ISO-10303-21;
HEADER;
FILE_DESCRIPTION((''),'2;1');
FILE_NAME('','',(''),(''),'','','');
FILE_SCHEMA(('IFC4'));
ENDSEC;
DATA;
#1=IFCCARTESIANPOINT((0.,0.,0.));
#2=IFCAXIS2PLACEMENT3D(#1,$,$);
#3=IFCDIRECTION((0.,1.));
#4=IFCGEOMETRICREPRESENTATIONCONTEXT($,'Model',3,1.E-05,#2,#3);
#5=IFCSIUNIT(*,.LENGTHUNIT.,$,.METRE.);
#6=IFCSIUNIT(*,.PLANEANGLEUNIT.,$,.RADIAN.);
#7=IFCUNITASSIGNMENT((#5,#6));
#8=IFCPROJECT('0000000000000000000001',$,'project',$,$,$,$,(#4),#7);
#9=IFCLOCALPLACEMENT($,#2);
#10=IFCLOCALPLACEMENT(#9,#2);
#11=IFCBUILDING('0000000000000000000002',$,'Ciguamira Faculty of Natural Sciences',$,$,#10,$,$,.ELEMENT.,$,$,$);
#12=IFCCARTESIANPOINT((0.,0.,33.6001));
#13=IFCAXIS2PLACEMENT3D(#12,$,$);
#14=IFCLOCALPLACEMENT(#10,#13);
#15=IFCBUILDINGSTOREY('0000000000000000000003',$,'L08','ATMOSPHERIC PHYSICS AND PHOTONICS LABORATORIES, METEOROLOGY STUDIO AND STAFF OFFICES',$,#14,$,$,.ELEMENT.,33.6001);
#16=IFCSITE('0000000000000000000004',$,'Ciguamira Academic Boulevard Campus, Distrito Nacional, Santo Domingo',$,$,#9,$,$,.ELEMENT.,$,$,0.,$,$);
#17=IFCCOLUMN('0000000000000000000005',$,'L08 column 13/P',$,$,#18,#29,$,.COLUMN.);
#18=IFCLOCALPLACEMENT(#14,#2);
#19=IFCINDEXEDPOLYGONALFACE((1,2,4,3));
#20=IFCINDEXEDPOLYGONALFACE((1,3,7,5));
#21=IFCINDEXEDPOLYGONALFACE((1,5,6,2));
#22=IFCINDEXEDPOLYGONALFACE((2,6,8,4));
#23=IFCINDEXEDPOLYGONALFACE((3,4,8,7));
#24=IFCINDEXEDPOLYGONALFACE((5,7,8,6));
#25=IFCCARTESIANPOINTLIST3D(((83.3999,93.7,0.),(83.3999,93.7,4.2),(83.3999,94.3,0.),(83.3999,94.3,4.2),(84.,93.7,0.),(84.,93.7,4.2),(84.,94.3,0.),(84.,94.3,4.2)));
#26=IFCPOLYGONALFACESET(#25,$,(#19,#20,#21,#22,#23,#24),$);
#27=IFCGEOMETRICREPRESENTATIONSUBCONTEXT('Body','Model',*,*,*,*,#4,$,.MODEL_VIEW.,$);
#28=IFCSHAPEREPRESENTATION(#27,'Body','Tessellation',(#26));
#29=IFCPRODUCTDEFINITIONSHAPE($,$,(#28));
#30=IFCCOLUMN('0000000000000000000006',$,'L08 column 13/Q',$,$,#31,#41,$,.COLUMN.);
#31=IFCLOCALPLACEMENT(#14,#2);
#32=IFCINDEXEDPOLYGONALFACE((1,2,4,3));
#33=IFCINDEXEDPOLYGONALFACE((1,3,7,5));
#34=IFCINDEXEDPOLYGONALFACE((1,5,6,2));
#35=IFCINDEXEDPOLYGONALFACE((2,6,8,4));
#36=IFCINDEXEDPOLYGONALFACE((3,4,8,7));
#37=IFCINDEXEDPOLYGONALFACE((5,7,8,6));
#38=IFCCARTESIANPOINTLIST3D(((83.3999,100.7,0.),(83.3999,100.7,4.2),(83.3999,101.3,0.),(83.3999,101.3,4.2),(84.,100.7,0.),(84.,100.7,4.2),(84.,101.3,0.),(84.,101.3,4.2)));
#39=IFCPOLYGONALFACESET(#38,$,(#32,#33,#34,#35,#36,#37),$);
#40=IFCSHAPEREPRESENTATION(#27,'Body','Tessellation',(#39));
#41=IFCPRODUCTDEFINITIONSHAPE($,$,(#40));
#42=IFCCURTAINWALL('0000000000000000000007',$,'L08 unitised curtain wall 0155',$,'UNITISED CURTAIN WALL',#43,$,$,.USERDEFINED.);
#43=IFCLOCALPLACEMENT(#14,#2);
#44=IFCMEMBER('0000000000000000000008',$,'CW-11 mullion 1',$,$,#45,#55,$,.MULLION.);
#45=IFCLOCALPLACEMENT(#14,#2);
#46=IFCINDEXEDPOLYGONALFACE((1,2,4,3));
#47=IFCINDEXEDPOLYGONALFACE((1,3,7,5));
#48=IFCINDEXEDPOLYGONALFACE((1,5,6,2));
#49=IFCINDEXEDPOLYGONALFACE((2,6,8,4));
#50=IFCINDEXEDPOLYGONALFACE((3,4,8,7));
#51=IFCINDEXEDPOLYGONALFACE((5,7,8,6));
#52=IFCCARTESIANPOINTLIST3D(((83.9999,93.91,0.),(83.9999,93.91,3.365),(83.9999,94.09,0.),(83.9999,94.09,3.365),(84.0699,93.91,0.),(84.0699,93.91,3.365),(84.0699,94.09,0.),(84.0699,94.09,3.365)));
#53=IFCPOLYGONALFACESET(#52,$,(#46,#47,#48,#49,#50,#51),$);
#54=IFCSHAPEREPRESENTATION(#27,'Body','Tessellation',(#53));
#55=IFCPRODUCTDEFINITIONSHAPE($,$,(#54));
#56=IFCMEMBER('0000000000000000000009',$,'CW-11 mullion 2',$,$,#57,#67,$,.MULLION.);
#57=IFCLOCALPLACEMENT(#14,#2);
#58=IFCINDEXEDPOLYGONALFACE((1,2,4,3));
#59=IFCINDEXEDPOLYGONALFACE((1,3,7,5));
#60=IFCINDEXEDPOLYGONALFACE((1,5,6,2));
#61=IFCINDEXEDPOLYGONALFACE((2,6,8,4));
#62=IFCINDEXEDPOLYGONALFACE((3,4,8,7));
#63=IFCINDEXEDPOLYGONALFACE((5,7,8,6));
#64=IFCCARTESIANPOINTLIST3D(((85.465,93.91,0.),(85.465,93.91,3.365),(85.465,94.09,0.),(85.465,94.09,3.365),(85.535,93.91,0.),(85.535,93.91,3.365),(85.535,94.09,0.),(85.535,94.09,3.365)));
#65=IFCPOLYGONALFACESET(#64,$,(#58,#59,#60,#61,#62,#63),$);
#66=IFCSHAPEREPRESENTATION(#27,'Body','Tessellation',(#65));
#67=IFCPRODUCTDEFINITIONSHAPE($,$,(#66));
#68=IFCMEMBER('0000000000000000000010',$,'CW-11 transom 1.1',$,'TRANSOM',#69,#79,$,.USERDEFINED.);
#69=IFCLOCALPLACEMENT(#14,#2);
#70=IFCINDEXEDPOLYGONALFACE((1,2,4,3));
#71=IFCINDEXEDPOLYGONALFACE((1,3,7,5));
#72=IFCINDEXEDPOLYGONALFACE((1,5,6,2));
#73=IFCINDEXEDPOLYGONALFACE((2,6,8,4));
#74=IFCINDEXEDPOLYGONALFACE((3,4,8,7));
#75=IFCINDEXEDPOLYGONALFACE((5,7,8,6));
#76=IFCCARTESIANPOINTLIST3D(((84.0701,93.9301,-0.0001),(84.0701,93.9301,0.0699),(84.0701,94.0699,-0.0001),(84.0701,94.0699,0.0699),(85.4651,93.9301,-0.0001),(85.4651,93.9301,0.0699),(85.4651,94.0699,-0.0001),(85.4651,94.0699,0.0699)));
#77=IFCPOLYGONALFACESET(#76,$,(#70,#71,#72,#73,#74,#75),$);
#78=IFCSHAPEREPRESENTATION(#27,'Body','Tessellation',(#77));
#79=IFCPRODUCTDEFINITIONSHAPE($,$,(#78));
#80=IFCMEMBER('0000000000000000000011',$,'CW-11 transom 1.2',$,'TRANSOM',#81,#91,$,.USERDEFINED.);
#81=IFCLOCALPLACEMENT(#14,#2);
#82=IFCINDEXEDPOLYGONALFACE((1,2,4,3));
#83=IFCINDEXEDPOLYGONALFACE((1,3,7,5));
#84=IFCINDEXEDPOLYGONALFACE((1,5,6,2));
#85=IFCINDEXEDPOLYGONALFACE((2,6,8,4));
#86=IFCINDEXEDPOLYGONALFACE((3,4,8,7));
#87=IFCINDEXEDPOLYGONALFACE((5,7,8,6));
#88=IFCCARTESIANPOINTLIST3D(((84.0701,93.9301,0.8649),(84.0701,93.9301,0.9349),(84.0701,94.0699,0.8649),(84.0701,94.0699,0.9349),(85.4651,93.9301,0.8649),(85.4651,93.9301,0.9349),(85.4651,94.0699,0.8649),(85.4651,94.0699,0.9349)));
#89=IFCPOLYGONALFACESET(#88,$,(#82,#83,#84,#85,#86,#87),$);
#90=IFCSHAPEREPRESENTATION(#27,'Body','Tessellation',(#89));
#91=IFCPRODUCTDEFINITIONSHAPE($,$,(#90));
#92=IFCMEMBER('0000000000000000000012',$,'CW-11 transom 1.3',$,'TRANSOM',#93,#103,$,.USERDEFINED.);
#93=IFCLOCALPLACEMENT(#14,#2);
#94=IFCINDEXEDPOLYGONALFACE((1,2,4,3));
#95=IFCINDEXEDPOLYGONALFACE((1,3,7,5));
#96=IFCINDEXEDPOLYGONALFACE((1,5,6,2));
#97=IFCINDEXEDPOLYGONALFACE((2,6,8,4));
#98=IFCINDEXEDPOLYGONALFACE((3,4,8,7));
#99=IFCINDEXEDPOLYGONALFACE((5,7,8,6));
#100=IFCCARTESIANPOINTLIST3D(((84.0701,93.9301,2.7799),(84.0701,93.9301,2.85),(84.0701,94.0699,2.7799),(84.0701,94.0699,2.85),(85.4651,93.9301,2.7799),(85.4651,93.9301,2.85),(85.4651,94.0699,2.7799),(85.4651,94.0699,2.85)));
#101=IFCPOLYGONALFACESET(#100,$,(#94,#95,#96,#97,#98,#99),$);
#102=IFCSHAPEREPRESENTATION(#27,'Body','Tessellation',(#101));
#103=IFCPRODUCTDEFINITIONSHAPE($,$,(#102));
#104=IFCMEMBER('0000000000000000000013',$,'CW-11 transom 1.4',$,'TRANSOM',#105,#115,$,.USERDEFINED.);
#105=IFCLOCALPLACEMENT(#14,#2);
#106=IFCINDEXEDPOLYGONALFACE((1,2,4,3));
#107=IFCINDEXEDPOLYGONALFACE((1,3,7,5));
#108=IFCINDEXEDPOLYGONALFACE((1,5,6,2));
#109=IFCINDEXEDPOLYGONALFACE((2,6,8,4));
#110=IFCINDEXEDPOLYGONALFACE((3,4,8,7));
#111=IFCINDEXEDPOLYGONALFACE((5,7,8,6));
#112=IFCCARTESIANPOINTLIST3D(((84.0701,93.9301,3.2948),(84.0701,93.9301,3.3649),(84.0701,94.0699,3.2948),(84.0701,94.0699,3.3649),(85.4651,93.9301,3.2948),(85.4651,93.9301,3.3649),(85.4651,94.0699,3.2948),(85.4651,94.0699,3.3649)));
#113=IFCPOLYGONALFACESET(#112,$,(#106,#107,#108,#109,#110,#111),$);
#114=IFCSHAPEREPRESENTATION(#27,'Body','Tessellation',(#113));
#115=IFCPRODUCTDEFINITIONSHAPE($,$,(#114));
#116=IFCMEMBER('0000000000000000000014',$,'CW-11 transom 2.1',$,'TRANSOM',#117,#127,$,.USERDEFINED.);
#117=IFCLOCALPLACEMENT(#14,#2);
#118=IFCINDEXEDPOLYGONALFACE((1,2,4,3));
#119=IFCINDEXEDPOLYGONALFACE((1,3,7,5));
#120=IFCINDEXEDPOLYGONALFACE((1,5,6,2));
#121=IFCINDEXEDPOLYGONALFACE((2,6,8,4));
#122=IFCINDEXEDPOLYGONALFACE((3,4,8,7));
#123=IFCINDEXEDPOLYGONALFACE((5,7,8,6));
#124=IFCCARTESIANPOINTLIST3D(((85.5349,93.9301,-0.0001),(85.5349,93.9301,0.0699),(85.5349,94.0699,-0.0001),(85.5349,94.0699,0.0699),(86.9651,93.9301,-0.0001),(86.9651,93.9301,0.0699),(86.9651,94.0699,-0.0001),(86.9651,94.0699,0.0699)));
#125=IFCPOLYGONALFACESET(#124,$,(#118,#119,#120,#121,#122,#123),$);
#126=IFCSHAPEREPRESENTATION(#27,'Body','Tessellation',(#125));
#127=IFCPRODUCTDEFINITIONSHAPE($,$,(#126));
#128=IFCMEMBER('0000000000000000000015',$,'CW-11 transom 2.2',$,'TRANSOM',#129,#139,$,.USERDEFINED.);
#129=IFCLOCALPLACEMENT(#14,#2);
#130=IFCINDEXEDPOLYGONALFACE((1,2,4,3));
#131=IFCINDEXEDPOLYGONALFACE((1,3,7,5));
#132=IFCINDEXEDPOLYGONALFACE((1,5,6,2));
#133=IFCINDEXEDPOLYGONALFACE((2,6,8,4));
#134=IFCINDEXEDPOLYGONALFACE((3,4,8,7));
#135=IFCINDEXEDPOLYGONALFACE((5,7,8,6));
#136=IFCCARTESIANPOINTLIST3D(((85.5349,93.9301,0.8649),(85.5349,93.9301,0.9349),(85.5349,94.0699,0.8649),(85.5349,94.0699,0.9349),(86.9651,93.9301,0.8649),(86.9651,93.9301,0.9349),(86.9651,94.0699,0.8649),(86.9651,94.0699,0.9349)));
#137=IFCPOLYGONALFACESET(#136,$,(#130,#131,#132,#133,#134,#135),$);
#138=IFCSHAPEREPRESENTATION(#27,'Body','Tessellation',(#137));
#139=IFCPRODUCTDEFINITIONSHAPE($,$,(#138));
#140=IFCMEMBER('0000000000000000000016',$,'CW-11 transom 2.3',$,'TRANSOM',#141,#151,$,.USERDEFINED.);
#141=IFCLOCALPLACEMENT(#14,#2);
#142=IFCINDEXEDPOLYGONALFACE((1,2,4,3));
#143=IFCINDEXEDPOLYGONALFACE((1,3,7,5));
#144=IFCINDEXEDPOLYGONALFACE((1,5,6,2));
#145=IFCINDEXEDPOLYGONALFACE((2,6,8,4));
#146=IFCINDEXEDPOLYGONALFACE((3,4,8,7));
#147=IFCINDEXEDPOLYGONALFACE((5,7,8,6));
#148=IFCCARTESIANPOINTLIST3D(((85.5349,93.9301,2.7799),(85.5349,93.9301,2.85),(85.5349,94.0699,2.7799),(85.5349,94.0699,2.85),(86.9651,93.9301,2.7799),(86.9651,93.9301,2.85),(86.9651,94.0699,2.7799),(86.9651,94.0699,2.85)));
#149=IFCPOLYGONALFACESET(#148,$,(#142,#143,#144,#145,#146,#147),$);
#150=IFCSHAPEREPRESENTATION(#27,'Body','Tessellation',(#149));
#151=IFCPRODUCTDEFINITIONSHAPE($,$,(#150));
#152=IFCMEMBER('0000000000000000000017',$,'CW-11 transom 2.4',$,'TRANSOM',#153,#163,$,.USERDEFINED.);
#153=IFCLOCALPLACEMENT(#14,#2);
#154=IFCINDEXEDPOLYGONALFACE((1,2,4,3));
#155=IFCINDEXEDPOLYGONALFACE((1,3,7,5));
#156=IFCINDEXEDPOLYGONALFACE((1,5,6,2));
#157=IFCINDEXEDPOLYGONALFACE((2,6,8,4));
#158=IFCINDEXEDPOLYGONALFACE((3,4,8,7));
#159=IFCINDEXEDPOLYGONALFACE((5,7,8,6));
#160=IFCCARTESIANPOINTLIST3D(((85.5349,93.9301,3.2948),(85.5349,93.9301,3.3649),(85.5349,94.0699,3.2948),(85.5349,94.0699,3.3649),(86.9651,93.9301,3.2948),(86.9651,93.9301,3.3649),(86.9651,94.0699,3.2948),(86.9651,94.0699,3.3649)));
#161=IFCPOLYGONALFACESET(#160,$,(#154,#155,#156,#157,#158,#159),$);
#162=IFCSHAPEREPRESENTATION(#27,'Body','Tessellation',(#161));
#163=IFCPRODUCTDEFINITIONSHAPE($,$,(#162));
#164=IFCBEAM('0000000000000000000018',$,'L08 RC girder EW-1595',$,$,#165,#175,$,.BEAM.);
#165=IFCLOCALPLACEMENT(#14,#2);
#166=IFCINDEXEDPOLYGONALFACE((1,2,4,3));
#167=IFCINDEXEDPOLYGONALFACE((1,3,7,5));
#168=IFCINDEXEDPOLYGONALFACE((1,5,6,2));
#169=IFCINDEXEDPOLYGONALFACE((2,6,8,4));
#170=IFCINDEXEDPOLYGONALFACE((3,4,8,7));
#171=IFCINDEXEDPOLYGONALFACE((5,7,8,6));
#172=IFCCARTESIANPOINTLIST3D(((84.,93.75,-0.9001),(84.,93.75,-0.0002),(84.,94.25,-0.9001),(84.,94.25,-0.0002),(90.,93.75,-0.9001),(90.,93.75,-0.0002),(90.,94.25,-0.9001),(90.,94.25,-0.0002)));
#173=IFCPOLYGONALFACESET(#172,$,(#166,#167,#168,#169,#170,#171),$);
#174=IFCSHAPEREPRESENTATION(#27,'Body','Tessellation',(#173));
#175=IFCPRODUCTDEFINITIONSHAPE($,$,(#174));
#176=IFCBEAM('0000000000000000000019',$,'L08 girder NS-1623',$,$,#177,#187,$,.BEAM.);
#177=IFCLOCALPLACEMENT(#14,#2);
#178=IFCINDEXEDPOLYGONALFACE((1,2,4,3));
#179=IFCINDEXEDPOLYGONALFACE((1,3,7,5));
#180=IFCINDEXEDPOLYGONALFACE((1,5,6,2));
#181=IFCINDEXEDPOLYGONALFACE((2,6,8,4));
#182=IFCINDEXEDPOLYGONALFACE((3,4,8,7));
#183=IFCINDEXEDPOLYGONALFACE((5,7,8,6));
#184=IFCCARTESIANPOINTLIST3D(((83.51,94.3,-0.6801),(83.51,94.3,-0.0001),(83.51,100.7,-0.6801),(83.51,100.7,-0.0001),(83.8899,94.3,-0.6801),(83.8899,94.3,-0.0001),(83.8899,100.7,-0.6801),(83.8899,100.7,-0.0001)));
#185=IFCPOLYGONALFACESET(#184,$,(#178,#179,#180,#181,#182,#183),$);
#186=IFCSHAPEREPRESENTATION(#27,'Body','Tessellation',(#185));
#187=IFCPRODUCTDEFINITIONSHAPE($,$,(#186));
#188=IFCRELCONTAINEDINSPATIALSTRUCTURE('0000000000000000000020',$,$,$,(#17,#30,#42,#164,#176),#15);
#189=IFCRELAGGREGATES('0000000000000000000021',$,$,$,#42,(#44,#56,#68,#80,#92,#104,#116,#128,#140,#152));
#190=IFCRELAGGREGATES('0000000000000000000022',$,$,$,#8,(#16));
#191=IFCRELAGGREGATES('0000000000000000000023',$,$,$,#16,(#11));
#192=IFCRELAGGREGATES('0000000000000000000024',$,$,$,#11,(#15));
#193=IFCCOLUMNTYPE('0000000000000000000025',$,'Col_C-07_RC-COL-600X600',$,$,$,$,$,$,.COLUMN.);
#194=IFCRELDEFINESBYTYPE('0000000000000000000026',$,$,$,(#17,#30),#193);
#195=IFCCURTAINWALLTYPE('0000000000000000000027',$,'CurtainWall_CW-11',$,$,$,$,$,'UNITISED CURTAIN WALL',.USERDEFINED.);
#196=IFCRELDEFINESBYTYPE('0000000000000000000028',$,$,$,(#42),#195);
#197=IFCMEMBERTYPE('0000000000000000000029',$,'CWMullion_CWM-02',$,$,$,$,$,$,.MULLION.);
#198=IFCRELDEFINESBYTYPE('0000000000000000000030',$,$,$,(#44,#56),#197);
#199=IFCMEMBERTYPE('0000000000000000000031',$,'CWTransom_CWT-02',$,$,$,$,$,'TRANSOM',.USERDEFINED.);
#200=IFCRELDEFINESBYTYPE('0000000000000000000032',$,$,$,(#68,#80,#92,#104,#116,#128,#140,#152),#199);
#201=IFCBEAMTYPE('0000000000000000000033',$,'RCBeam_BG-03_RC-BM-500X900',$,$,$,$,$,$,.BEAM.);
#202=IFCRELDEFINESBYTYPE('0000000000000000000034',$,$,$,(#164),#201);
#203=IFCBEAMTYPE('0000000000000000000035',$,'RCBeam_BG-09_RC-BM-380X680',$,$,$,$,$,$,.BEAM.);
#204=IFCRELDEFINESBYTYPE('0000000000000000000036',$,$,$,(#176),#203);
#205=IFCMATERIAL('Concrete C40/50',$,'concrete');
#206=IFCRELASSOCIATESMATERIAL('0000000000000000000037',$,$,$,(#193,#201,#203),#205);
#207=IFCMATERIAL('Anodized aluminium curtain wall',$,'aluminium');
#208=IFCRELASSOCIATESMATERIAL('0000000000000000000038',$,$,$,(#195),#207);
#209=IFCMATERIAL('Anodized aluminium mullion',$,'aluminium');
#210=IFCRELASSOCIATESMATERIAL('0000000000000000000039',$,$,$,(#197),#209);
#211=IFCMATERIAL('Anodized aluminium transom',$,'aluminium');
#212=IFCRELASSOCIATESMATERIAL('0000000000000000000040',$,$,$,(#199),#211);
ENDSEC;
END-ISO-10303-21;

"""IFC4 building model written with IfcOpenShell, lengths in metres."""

from ifc_helpers import new_model, si_unit, direction, frame, origin, origin_2d, place, context, subcontext, project, spatial, rectangle, extrude, material, material_profile, profile_set, type_object, element, aggregate, save


model = new_model("IFC4")

# Units and contexts
model_context = context("Model", 3, precision=1e-05, world=origin(), true_north=direction((0.0, 1.0)))
body_context = subcontext(model_context, "Body", "Model", "MODEL_VIEW")
ifc_project = project(units=[si_unit("LENGTHUNIT", "METRE"), si_unit("PLANEANGLEUNIT", "RADIAN")], contexts=[model_context])

# Site, building, storey
site_placement = place(None, origin())
site = spatial("IfcSite", under=ifc_project, at=site_placement, Name="Ciguamira Academic Boulevard Campus, Distrito Nacional, Santo Domingo", CompositionType="ELEMENT", RefElevation=0.0)
building_placement = place(site_placement, origin())
building = spatial("IfcBuilding", under=site, at=building_placement, Name="Ciguamira Faculty of Natural Sciences", CompositionType="ELEMENT")
storey_placement = place(building_placement, frame((0.0, 0.0, 33.6001)))
storey = spatial("IfcBuildingStorey", under=building, at=storey_placement, Name="L08", Description="ATMOSPHERIC PHYSICS AND PHOTONICS LABORATORIES, METEOROLOGY STUDIO AND STAFF OFFICES", CompositionType="ELEMENT", Elevation=33.6001)

# Columns
ifc_material_1 = material(Name="Concrete C40/50", Category="concrete")
ifc_material_profile_1 = material_profile(ifc_material_1, rectangle(XDim=0.6001, YDim=0.6001, at=origin_2d()), Name="RC-COL-600X600")
ifc_profile_set_1 = profile_set([ifc_material_profile_1], Name="Concrete C40/50")
column_type = type_object("IfcColumnType", Name="Col_C-07_RC-COL-600X600", PredefinedType="COLUMN", material=ifc_profile_set_1)
for number, where, z_axis, x_axis, name in (
    (1, (83.7, 94.0, 0.0), (0.0, 0.0, 1.0), (1.0, 0.0, 0.0), "L08 column 13/P"),
    (2, (83.7, 101.0, 0.0), (0.0, 0.0, 1.0), (1.0, 0.0, 0.0), "L08 column 13/Q"),
):
    element("IfcColumn", number, at=place(storey_placement, frame(where, z_axis=z_axis, x_axis=x_axis)), inside=storey, type_object=column_type, Name=name, PredefinedType="COLUMN", context=body_context, shape_type="SweptSolid", body=[
        extrude(rectangle(XDim=0.6001, YDim=0.6001, at=origin_2d()), origin(), (0.0, 0.0, 1.0), 4.2),
    ])

# Curtain wall, members
ifc_material_2 = material(Name="Anodized aluminium curtain wall", Category="aluminium")
curtain_wall_type = type_object("IfcCurtainWallType", Name="CurtainWall_CW-11", ElementType="UNITISED CURTAIN WALL", PredefinedType="USERDEFINED", material=ifc_material_2)
curtain_wall_placement = place(storey_placement, origin())
curtain_wall = element("IfcCurtainWall", 3, at=curtain_wall_placement, inside=storey, type_object=curtain_wall_type, Name="L08 unitised curtain wall 0155", ObjectType="UNITISED CURTAIN WALL", PredefinedType="USERDEFINED")
ifc_material_3 = material(Name="Anodized aluminium mullion", Category="aluminium")
ifc_material_profile_2 = material_profile(ifc_material_3, rectangle(XDim=0.0701, YDim=0.1799, at=origin_2d()), Name="ALU-MUL-70X180")
ifc_profile_set_2 = profile_set([ifc_material_profile_2], Name="Anodized aluminium mullion")
member_type_1 = type_object("IfcMemberType", Name="CWMullion_CWM-02", PredefinedType="MULLION", material=ifc_profile_set_2)
member_1_placement = place(storey_placement, frame((84.0349, 94.0, 0.0), z_axis=(0.0, 0.0, 1.0), x_axis=(1.0, 0.0, 0.0)))
member_1 = element("IfcMember", 4, at=member_1_placement, type_object=member_type_1, Name="CW-11 mullion 1", PredefinedType="MULLION", context=body_context, shape_type="SweptSolid", body=[
    extrude(rectangle(XDim=0.0701, YDim=0.1799, at=origin_2d()), origin(), (0.0, 0.0, 1.0), 3.365),
])
member_2_placement = place(storey_placement, frame((85.5, 94.0, 0.0), z_axis=(0.0, 0.0, 1.0), x_axis=(1.0, 0.0, 0.0)))
member_2 = element("IfcMember", 5, at=member_2_placement, type_object=member_type_1, Name="CW-11 mullion 2", PredefinedType="MULLION", context=body_context, shape_type="SweptSolid", body=[
    extrude(rectangle(XDim=0.0701, YDim=0.1799, at=origin_2d()), origin(), (0.0, 0.0, 1.0), 3.365),
])
ifc_material_4 = material(Name="Anodized aluminium transom", Category="aluminium")
ifc_material_profile_3 = material_profile(ifc_material_4, rectangle(XDim=0.0701, YDim=0.1399, at=origin_2d()), Name="ALU-TRN-70X140")
ifc_profile_set_3 = profile_set([ifc_material_profile_3], Name="Anodized aluminium transom")
member_type_2 = type_object("IfcMemberType", Name="CWTransom_CWT-02", ElementType="TRANSOM", PredefinedType="USERDEFINED", material=ifc_profile_set_3)
member_3_placement = place(storey_placement, frame((84.0701, 94.0, 0.0349), z_axis=(1.0, 0.0, 0.0), x_axis=(0.0, 0.0, 1.0)))
member_3 = element("IfcMember", 6, at=member_3_placement, type_object=member_type_2, Name="CW-11 transom 1.1", ObjectType="TRANSOM", PredefinedType="USERDEFINED", context=body_context, shape_type="SweptSolid", body=[
    extrude(rectangle(XDim=0.0701, YDim=0.1399, at=origin_2d()), origin(), (0.0, 0.0, 1.0), 1.395),
])
member_4_placement = place(storey_placement, frame((84.0701, 94.0, 0.8999), z_axis=(1.0, 0.0, 0.0), x_axis=(0.0, 0.0, 1.0)))
member_4 = element("IfcMember", 7, at=member_4_placement, type_object=member_type_2, Name="CW-11 transom 1.2", ObjectType="TRANSOM", PredefinedType="USERDEFINED", context=body_context, shape_type="SweptSolid", body=[
    extrude(rectangle(XDim=0.0701, YDim=0.1399, at=origin_2d()), origin(), (0.0, 0.0, 1.0), 1.395),
])
member_5_placement = place(storey_placement, frame((84.0701, 94.0, 2.8149), z_axis=(1.0, 0.0, 0.0), x_axis=(0.0, 0.0, 1.0)))
member_5 = element("IfcMember", 8, at=member_5_placement, type_object=member_type_2, Name="CW-11 transom 1.3", ObjectType="TRANSOM", PredefinedType="USERDEFINED", context=body_context, shape_type="SweptSolid", body=[
    extrude(rectangle(XDim=0.0701, YDim=0.1399, at=origin_2d()), origin(), (0.0, 0.0, 1.0), 1.395),
])
member_6_placement = place(storey_placement, frame((84.0701, 94.0, 3.3298), z_axis=(1.0, 0.0, 0.0), x_axis=(0.0, 0.0, 1.0)))
member_6 = element("IfcMember", 9, at=member_6_placement, type_object=member_type_2, Name="CW-11 transom 1.4", ObjectType="TRANSOM", PredefinedType="USERDEFINED", context=body_context, shape_type="SweptSolid", body=[
    extrude(rectangle(XDim=0.0701, YDim=0.1399, at=origin_2d()), origin(), (0.0, 0.0, 1.0), 1.395),
])
member_7_placement = place(storey_placement, frame((85.5349, 94.0, 0.0349), z_axis=(1.0, 0.0, 0.0), x_axis=(0.0, 0.0, 1.0)))
member_7 = element("IfcMember", 10, at=member_7_placement, type_object=member_type_2, Name="CW-11 transom 2.1", ObjectType="TRANSOM", PredefinedType="USERDEFINED", context=body_context, shape_type="SweptSolid", body=[
    extrude(rectangle(XDim=0.0701, YDim=0.1399, at=origin_2d()), origin(), (0.0, 0.0, 1.0), 1.4302),
])
member_8_placement = place(storey_placement, frame((85.5349, 94.0, 0.8999), z_axis=(1.0, 0.0, 0.0), x_axis=(0.0, 0.0, 1.0)))
member_8 = element("IfcMember", 11, at=member_8_placement, type_object=member_type_2, Name="CW-11 transom 2.2", ObjectType="TRANSOM", PredefinedType="USERDEFINED", context=body_context, shape_type="SweptSolid", body=[
    extrude(rectangle(XDim=0.0701, YDim=0.1399, at=origin_2d()), origin(), (0.0, 0.0, 1.0), 1.4302),
])
member_9_placement = place(storey_placement, frame((85.5349, 94.0, 2.8149), z_axis=(1.0, 0.0, 0.0), x_axis=(0.0, 0.0, 1.0)))
member_9 = element("IfcMember", 12, at=member_9_placement, type_object=member_type_2, Name="CW-11 transom 2.3", ObjectType="TRANSOM", PredefinedType="USERDEFINED", context=body_context, shape_type="SweptSolid", body=[
    extrude(rectangle(XDim=0.0701, YDim=0.1399, at=origin_2d()), origin(), (0.0, 0.0, 1.0), 1.4302),
])
member_10_placement = place(storey_placement, frame((85.5349, 94.0, 3.3298), z_axis=(1.0, 0.0, 0.0), x_axis=(0.0, 0.0, 1.0)))
member_10 = element("IfcMember", 13, at=member_10_placement, type_object=member_type_2, Name="CW-11 transom 2.4", ObjectType="TRANSOM", PredefinedType="USERDEFINED", context=body_context, shape_type="SweptSolid", body=[
    extrude(rectangle(XDim=0.0701, YDim=0.1399, at=origin_2d()), origin(), (0.0, 0.0, 1.0), 1.4302),
])

# Beams
ifc_material_profile_4 = material_profile(ifc_material_1, rectangle(XDim=0.5, YDim=0.8999, at=origin_2d()), Name="RC-BM-500X900")
ifc_profile_set_4 = profile_set([ifc_material_profile_4], Name="Concrete C40/50")
beam_type_1 = type_object("IfcBeamType", Name="RCBeam_BG-03_RC-BM-500X900", PredefinedType="BEAM", material=ifc_profile_set_4)
beam_1_placement = place(storey_placement, frame((84.0, 94.0, -0.4502), z_axis=(1.0, 0.0, 0.0), x_axis=(0.0, 1.0, 0.0)))
element("IfcBeam", 14, at=beam_1_placement, inside=storey, type_object=beam_type_1, Name="L08 RC girder EW-1595", PredefinedType="BEAM", context=body_context, shape_type="SweptSolid", body=[
    extrude(rectangle(XDim=0.5, YDim=0.8999, at=origin_2d()), origin(), (0.0, 0.0, 1.0), 6.0),
])
ifc_material_profile_5 = material_profile(ifc_material_1, rectangle(XDim=0.3799, YDim=0.6799, at=origin_2d()), Name="RC-BM-380X680")
ifc_profile_set_5 = profile_set([ifc_material_profile_5], Name="Concrete C40/50")
beam_type_2 = type_object("IfcBeamType", Name="RCBeam_BG-09_RC-BM-380X680", PredefinedType="BEAM", material=ifc_profile_set_5)
beam_2_placement = place(storey_placement, frame((83.7, 94.3, -0.3401), z_axis=(0.0, 1.0, 0.0), x_axis=(-1.0, 0.0, 0.0)))
element("IfcBeam", 15, at=beam_2_placement, inside=storey, type_object=beam_type_2, Name="L08 girder NS-1623", PredefinedType="BEAM", context=body_context, shape_type="SweptSolid", body=[
    extrude(rectangle(XDim=0.3799, YDim=0.6799, at=origin_2d()), origin(), (0.0, 0.0, 1.0), 6.3999),
])

aggregate(curtain_wall, [member_1, member_2, member_3, member_4, member_5, member_6, member_7, member_8, member_9, member_10])

save(model, "model.ifc")
